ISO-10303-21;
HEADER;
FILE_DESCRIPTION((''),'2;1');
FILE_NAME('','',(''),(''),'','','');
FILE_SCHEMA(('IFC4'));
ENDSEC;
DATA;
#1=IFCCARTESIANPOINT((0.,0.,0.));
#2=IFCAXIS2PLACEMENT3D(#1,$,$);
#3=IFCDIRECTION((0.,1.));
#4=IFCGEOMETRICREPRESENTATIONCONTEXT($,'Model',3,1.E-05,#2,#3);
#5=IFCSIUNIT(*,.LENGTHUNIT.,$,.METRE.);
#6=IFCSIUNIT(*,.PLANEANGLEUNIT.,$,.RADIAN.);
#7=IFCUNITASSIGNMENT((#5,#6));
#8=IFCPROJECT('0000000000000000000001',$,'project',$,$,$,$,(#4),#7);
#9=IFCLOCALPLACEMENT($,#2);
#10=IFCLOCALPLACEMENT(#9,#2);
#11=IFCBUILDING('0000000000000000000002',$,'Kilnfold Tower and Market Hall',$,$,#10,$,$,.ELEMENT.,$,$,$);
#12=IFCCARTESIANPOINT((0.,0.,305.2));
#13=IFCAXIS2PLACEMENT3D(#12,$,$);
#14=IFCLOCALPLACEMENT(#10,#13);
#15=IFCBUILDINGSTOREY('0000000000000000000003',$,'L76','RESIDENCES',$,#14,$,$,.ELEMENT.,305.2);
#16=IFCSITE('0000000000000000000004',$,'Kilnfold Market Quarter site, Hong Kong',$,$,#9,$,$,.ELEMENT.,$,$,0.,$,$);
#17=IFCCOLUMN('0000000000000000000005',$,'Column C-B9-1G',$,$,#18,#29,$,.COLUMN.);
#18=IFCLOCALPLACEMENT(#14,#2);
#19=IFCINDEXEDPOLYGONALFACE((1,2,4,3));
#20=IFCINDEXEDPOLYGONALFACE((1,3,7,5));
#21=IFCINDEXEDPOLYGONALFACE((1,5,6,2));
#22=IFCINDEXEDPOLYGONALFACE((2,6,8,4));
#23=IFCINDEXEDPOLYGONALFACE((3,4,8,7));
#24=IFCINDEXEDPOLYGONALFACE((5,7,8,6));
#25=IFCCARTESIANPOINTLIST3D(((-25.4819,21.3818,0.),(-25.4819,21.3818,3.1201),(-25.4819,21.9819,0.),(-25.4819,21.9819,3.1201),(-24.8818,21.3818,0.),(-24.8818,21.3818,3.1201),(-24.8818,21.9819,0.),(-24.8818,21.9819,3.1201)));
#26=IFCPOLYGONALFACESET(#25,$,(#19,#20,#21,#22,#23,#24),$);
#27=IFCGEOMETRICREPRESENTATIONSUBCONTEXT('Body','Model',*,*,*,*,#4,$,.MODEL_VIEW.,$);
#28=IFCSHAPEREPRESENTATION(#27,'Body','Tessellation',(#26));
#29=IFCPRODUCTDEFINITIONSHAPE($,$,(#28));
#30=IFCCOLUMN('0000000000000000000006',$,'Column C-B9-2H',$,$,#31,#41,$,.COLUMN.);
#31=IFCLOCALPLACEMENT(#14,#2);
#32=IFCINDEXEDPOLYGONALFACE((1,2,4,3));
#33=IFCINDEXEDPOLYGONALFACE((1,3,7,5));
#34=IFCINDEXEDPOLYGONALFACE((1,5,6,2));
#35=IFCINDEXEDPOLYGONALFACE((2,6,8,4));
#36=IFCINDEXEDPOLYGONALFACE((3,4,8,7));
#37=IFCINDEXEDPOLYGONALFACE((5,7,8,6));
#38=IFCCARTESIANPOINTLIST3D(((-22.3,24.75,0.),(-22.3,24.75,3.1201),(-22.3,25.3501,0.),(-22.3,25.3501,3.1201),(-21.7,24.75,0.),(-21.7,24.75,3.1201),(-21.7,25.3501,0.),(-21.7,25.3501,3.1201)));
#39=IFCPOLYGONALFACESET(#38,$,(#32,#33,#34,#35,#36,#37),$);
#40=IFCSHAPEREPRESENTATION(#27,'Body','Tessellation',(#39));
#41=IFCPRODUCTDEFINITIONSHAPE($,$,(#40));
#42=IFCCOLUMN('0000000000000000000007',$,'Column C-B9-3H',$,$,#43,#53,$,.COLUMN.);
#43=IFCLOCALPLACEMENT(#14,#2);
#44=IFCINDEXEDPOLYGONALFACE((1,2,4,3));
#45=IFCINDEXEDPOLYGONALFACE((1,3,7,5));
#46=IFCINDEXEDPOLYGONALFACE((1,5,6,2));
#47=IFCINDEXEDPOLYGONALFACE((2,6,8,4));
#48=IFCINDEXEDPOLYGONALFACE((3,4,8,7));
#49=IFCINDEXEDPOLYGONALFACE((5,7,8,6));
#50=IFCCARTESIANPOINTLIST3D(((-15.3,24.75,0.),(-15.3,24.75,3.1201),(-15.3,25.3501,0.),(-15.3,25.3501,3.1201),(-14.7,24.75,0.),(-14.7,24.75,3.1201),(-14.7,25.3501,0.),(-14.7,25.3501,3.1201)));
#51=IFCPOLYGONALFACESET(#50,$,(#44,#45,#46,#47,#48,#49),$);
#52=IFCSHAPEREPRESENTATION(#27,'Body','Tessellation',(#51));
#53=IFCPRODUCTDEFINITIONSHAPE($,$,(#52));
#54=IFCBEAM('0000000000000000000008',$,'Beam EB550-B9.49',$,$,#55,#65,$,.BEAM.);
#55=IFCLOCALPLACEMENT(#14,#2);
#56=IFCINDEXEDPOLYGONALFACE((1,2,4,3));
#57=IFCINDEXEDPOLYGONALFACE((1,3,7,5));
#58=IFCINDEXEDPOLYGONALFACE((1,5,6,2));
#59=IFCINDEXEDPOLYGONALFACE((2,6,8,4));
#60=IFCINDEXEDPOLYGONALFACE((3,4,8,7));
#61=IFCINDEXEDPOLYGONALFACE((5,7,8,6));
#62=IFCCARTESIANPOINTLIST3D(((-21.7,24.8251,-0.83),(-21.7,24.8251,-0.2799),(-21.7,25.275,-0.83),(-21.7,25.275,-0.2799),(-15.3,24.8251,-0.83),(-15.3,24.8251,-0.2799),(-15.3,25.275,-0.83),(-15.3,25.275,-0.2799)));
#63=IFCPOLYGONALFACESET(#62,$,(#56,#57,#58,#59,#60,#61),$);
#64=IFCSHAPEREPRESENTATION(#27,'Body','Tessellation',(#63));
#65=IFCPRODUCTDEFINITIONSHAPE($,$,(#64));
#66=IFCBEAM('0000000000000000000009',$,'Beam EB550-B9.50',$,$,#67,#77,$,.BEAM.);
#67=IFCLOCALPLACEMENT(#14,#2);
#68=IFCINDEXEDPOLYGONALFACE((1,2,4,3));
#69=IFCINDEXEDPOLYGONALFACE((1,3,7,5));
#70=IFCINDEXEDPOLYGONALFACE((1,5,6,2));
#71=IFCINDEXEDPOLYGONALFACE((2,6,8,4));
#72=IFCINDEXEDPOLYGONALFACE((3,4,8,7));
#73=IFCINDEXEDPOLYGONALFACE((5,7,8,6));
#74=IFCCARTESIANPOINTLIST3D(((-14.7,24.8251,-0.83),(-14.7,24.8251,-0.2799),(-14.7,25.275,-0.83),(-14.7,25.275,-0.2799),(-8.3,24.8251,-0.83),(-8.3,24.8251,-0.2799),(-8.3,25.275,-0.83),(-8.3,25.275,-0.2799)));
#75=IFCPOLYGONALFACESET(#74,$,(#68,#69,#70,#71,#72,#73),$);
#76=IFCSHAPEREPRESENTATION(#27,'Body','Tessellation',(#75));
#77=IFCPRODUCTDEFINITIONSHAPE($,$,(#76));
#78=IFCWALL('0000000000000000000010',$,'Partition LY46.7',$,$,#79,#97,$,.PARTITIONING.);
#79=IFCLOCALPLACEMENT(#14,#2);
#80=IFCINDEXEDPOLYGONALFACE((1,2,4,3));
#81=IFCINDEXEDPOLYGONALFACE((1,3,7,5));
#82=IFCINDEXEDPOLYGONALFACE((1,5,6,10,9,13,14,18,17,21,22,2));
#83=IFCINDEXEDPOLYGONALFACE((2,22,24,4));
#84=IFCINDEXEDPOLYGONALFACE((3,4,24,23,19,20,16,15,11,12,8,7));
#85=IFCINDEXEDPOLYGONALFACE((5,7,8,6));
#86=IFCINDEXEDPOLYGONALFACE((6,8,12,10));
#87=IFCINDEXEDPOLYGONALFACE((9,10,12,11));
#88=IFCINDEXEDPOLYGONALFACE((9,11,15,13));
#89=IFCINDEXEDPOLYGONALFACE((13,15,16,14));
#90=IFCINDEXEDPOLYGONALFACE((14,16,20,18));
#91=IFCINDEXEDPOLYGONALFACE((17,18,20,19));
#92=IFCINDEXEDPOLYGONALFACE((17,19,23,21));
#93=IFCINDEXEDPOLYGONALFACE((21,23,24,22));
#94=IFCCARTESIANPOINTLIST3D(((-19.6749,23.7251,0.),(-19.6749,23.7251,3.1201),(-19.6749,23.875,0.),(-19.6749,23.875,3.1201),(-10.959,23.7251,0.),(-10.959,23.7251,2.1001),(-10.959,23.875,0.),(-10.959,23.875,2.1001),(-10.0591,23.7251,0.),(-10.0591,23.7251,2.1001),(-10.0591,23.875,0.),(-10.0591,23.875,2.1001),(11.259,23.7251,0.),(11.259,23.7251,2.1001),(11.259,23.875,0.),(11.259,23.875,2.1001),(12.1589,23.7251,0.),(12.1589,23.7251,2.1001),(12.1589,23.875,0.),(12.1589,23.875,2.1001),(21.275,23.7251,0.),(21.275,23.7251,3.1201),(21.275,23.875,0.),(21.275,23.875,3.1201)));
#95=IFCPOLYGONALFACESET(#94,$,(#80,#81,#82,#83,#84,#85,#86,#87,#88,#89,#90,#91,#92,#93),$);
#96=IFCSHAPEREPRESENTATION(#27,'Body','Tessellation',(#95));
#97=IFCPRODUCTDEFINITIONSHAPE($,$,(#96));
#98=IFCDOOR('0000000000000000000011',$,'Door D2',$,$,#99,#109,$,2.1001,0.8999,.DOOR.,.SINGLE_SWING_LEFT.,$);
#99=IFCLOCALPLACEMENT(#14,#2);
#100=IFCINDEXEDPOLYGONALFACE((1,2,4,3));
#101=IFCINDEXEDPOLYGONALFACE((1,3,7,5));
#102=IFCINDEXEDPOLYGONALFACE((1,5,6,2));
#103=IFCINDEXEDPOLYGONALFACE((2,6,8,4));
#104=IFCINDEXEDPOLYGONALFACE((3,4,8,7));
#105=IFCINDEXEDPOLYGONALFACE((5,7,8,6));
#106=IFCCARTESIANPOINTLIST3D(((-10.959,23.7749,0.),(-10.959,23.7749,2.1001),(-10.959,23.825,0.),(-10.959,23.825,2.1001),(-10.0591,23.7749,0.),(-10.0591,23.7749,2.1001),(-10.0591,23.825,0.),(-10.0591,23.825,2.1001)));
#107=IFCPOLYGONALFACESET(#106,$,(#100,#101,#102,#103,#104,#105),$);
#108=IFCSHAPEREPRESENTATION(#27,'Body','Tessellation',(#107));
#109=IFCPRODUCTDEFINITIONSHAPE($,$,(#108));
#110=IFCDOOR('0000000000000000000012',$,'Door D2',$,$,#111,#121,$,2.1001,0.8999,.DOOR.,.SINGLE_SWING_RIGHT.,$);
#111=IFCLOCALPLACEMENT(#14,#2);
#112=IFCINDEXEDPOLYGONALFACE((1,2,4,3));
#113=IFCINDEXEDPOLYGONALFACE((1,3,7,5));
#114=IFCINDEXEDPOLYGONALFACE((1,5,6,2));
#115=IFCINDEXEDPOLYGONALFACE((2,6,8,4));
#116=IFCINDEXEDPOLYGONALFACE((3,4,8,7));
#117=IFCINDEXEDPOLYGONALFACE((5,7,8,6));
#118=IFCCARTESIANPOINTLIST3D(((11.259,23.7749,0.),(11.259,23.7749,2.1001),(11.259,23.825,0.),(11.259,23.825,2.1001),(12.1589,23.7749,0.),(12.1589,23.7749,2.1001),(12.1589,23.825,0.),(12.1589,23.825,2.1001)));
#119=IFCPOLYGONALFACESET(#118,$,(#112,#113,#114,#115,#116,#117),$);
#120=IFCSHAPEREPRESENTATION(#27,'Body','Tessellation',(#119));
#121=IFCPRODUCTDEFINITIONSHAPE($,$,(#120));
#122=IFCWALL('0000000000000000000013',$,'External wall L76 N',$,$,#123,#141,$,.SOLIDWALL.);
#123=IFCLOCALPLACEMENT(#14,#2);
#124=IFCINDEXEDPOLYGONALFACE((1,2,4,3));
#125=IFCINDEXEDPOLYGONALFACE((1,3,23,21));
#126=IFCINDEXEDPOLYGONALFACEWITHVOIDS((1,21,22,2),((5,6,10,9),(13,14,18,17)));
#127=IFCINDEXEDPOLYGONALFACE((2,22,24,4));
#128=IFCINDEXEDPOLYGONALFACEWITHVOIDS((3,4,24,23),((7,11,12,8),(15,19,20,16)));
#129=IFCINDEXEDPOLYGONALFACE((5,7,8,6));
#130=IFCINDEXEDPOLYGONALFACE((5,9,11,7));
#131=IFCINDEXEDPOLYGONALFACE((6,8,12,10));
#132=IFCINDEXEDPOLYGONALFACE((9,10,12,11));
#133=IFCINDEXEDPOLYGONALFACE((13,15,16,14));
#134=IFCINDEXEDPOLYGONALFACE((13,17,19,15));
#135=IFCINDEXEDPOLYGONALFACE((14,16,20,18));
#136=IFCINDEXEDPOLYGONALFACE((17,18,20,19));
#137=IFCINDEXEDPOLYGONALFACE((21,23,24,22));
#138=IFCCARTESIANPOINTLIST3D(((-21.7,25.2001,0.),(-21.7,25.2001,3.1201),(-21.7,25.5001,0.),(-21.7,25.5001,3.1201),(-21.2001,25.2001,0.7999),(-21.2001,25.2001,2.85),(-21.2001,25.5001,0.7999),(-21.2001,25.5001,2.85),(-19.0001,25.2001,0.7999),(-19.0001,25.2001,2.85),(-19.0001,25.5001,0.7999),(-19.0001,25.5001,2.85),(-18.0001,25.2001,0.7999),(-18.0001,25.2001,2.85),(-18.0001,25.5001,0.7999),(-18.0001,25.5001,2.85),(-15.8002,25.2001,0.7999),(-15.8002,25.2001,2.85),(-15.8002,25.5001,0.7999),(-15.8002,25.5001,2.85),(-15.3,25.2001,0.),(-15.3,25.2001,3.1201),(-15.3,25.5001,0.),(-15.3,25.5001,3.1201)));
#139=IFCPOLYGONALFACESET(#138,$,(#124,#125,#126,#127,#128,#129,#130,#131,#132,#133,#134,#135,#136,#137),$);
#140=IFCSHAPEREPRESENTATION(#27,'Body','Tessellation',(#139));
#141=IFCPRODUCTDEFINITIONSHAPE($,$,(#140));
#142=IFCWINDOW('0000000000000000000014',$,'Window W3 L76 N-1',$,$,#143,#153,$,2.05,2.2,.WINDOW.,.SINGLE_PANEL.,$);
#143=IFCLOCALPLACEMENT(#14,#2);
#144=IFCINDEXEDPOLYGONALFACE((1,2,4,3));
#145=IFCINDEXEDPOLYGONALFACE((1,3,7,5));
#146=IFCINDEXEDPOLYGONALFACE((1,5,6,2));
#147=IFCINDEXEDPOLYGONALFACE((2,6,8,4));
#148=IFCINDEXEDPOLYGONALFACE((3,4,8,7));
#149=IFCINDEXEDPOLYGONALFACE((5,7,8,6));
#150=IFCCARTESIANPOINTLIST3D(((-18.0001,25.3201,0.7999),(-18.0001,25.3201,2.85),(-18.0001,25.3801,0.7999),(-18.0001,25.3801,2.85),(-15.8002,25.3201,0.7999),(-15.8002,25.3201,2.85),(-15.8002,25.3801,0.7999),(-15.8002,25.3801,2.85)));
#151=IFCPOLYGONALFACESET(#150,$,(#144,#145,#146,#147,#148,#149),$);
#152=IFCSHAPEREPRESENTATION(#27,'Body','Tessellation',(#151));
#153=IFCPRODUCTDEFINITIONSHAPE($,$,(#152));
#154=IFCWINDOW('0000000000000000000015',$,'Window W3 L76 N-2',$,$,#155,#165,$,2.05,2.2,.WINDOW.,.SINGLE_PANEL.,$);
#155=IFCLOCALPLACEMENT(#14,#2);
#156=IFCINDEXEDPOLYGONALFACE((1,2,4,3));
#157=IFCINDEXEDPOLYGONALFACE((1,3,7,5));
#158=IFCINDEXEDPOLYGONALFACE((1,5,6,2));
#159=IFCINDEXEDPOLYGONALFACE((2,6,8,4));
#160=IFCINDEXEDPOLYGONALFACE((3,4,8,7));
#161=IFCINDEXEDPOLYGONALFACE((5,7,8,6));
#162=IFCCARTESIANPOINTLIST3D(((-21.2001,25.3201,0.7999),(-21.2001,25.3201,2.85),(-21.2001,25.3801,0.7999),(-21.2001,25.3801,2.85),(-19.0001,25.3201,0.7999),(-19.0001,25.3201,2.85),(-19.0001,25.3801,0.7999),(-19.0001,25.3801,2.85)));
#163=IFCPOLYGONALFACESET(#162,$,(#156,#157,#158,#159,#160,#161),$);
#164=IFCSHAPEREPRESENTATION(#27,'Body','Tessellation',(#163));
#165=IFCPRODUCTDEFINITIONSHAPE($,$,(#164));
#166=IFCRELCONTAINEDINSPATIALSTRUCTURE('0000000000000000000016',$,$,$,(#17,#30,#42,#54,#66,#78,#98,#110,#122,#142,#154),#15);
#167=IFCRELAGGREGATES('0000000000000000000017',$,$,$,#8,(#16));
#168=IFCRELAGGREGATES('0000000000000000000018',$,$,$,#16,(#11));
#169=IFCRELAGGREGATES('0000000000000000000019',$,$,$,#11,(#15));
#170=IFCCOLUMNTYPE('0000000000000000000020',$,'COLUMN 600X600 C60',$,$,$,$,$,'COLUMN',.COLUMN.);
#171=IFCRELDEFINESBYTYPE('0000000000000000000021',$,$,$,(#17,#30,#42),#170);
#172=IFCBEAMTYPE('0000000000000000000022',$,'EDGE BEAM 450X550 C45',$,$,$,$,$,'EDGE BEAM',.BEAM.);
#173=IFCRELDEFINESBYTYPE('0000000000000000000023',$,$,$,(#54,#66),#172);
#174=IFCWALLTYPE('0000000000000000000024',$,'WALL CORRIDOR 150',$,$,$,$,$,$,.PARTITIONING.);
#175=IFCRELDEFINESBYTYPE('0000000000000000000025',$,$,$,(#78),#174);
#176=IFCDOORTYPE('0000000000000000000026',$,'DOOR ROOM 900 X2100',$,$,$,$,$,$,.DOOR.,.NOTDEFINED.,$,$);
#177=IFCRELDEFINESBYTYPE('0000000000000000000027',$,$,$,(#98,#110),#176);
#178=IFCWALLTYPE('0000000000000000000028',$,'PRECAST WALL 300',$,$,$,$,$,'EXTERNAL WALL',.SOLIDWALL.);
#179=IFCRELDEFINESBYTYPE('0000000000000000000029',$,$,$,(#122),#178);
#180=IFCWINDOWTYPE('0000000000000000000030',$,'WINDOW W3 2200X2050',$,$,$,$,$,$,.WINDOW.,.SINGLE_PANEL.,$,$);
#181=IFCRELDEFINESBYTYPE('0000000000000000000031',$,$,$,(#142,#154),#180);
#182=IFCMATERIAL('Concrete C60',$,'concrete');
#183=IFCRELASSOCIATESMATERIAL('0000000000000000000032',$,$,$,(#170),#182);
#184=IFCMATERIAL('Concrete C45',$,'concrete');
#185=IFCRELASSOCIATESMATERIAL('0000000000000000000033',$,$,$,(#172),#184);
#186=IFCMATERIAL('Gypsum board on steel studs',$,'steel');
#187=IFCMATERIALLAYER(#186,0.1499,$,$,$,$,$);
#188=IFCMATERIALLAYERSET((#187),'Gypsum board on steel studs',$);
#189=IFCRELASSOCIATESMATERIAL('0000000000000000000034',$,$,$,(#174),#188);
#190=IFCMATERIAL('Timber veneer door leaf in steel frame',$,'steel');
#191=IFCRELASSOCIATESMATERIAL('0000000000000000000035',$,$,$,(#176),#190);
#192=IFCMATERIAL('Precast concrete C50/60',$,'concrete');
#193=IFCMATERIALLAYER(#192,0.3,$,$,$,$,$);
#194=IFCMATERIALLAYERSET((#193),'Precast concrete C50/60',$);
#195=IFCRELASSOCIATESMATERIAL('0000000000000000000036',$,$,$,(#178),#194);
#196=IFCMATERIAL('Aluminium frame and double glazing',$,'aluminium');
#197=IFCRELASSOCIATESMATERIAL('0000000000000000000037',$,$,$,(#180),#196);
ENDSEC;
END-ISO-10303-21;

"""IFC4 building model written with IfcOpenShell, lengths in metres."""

from ifc_helpers import new_model, si_unit, direction, frame, frame_2d, origin, origin_2d, place, context, subcontext, project, spatial, rectangle, extrude, source, transform, mapped, material, layer, layer_set, material_profile, profile_set, type_object, element, fill, save


model = new_model("IFC4")

# Units and contexts
model_context = context("Model", 3, precision=1e-05, world=origin(), true_north=direction((0.0, 1.0)))
body_context = subcontext(model_context, "Body", "Model", "MODEL_VIEW")
ifc_project = project(units=[si_unit("LENGTHUNIT", "METRE"), si_unit("PLANEANGLEUNIT", "RADIAN")], contexts=[model_context])

# Site, building, storey
site_placement = place(None, origin())
site = spatial("IfcSite", under=ifc_project, at=site_placement, Name="Kilnfold Market Quarter site, Hong Kong", CompositionType="ELEMENT", RefElevation=0.0)
building_placement = place(site_placement, origin())
building = spatial("IfcBuilding", under=site, at=building_placement, Name="Kilnfold Tower and Market Hall", CompositionType="ELEMENT")
storey_placement = place(building_placement, frame((0.0, 0.0, 305.2)))
storey = spatial("IfcBuildingStorey", under=building, at=storey_placement, Name="L76", Description="RESIDENCES", CompositionType="ELEMENT", Elevation=305.2)

# Columns
ifc_material_1 = material(Name="Concrete C60", Category="concrete")
ifc_material_profile_1 = material_profile(ifc_material_1, rectangle(XDim=0.6001, YDim=0.6001, at=origin_2d()), Name="RC 600x600")
ifc_profile_set_1 = profile_set([ifc_material_profile_1], Name="Concrete C60")
column_type = type_object("IfcColumnType", Name="COLUMN 600X600 C60", ElementType="COLUMN", PredefinedType="COLUMN", material=ifc_profile_set_1)
shared_shape_1 = source(origin(), body_context, "Body", "SweptSolid", [
    extrude(rectangle(XDim=0.6001, YDim=0.6001, at=origin_2d()), origin(), (0.0, 0.0, 1.0), 3.1201),
])
for number, where, z_axis, x_axis, name in (
    (1, (-25.1819, 21.6819, 0.0), (0.0, 0.0, 1.0), (1.0, 0.0, 0.0), "Column C-B9-1G"),
    (2, (-22.0, 25.05, 0.0), (0.0, 0.0, 1.0), (1.0, 0.0, 0.0), "Column C-B9-2H"),
    (3, (-15.0, 25.05, 0.0), (0.0, 0.0, 1.0), (1.0, 0.0, 0.0), "Column C-B9-3H"),
):
    element("IfcColumn", number, at=place(storey_placement, frame(where, z_axis=z_axis, x_axis=x_axis)), inside=storey, type_object=column_type, Name=name, PredefinedType="COLUMN", context=body_context, shape_type="MappedRepresentation", body=[
        mapped(shared_shape_1, transform((0.0, 0.0, 0.0))),
    ])

# Beams
ifc_material_2 = material(Name="Concrete C45", Category="concrete")
ifc_material_profile_2 = material_profile(ifc_material_2, rectangle(XDim=0.45, YDim=0.55, at=origin_2d()), Name="RC 450x550")
ifc_profile_set_2 = profile_set([ifc_material_profile_2], Name="Concrete C45")
beam_type = type_object("IfcBeamType", Name="EDGE BEAM 450X550 C45", ElementType="EDGE BEAM", PredefinedType="BEAM", material=ifc_profile_set_2)
shared_shape_2 = source(origin(), body_context, "Body", "SweptSolid", [
    extrude(rectangle(XDim=0.45, YDim=0.55, at=origin_2d()), origin(), (0.0, 0.0, 1.0), 6.3999),
])
for number, where, z_axis, x_axis, name in (
    (4, (-21.7, 25.05, -0.5549), (1.0, 0.0, 0.0), (0.0, 1.0, 0.0), "Beam EB550-B9.49"),
    (5, (-14.7, 25.05, -0.5549), (1.0, 0.0, 0.0), (0.0, 1.0, 0.0), "Beam EB550-B9.50"),
):
    element("IfcBeam", number, at=place(storey_placement, frame(where, z_axis=z_axis, x_axis=x_axis)), inside=storey, type_object=beam_type, Name=name, PredefinedType="BEAM", context=body_context, shape_type="MappedRepresentation", body=[
        mapped(shared_shape_2, transform((0.0, 0.0, 0.0))),
    ])

# Wall, openings, doors
ifc_material_3 = material(Name="Gypsum board on steel studs", Category="steel")
ifc_layer_1 = layer(ifc_material_3, 0.1499)
ifc_layer_set_1 = layer_set([ifc_layer_1], Name="Gypsum board on steel studs")
wall_type_1 = type_object("IfcWallType", Name="WALL CORRIDOR 150", PredefinedType="PARTITIONING", material=ifc_layer_set_1)
wall_1_placement = place(storey_placement, frame((-19.675, 23.8, 0.0), z_axis=(0.0, 0.0, 1.0), x_axis=(1.0, 0.0, 0.0)))
wall_1 = element("IfcWall", 6, at=wall_1_placement, inside=storey, type_object=wall_type_1, Name="Partition LY46.7", PredefinedType="PARTITIONING", context=body_context, shape_type="SweptSolid", body=[
    extrude(rectangle(XDim=40.95, YDim=0.1499, at=frame_2d((20.4751, 0.0))), origin(), (0.0, 0.0, 1.0), 3.1201),
])
opening_1_placement = place(wall_1_placement, frame((8.7161, 0.0, 0.0)))
opening_1 = element("IfcOpeningElement", 7, at=opening_1_placement, cuts=wall_1, PredefinedType="OPENING", context=body_context, shape_type="SweptSolid", body=[
    extrude(rectangle(XDim=0.8999, YDim=2.1001, at=frame_2d((0.45, 1.05))), frame((0.0, 0.085, 0.0), z_axis=(0.0, -1.0, 0.0), x_axis=(1.0, 0.0, 0.0)), (0.0, 0.0, 1.0), 0.1699),
])
opening_2_placement = place(wall_1_placement, frame((30.9341, 0.0, 0.0)))
opening_2 = element("IfcOpeningElement", 8, at=opening_2_placement, cuts=wall_1, PredefinedType="OPENING", context=body_context, shape_type="SweptSolid", body=[
    extrude(rectangle(XDim=0.8999, YDim=2.1001, at=frame_2d((0.45, 1.05))), frame((0.0, 0.085, 0.0), z_axis=(0.0, -1.0, 0.0), x_axis=(1.0, 0.0, 0.0)), (0.0, 0.0, 1.0), 0.1699),
])
ifc_material_4 = material(Name="Timber veneer door leaf in steel frame", Category="steel")
door_type = type_object("IfcDoorType", Name="DOOR ROOM 900 X2100", OperationType="NOTDEFINED", PredefinedType="DOOR", material=ifc_material_4)
door_1_placement = place(opening_1_placement, origin())
door_1 = element("IfcDoor", 9, at=door_1_placement, inside=storey, type_object=door_type, Name="Door D2", OperationType="SINGLE_SWING_LEFT", OverallHeight=2.1001, OverallWidth=0.8999, PredefinedType="DOOR", context=body_context, shape_type="SweptSolid", body=[
    extrude(rectangle(XDim=0.8999, YDim=2.1001, at=frame_2d((0.45, 1.05))), frame((0.0, 0.0249, 0.0), z_axis=(0.0, -1.0, 0.0), x_axis=(1.0, 0.0, 0.0)), (0.0, 0.0, 1.0), 0.05),
])
fill(opening_1, door_1)
door_2_placement = place(opening_2_placement, origin())
door_2 = element("IfcDoor", 10, at=door_2_placement, inside=storey, type_object=door_type, Name="Door D2", OperationType="SINGLE_SWING_RIGHT", OverallHeight=2.1001, OverallWidth=0.8999, PredefinedType="DOOR", context=body_context, shape_type="SweptSolid", body=[
    extrude(rectangle(XDim=0.8999, YDim=2.1001, at=frame_2d((0.45, 1.05))), frame((0.0, 0.0249, 0.0), z_axis=(0.0, -1.0, 0.0), x_axis=(1.0, 0.0, 0.0)), (0.0, 0.0, 1.0), 0.05),
])
fill(opening_2, door_2)

# Wall, openings, windows
ifc_material_5 = material(Name="Precast concrete C50/60", Category="concrete")
ifc_layer_2 = layer(ifc_material_5, 0.3)
ifc_layer_set_2 = layer_set([ifc_layer_2], Name="Precast concrete C50/60")
wall_type_2 = type_object("IfcWallType", Name="PRECAST WALL 300", ElementType="EXTERNAL WALL", PredefinedType="SOLIDWALL", material=ifc_layer_set_2)
shared_shape_3 = source(origin(), body_context, "Body", "SweptSolid", [
    extrude(rectangle(XDim=6.3999, YDim=0.3, at=frame_2d((3.2, 0.0))), origin(), (0.0, 0.0, 1.0), 3.1201),
])
wall_2_placement = place(storey_placement, frame((-15.3, 25.3501, 0.0), z_axis=(0.0, 0.0, 1.0), x_axis=(-1.0, 0.0, 0.0)))
wall_2 = element("IfcWall", 11, at=wall_2_placement, inside=storey, type_object=wall_type_2, Name="External wall L76 N", PredefinedType="SOLIDWALL", context=body_context, shape_type="MappedRepresentation", body=[
    mapped(shared_shape_3, transform((0.0, 0.0, 0.0))),
])
opening_3_placement = place(wall_2_placement, frame((0.5, 0.0, 0.8)))
opening_3 = element("IfcOpeningElement", 12, at=opening_3_placement, cuts=wall_2, PredefinedType="OPENING", context=body_context, shape_type="SweptSolid", body=[
    extrude(rectangle(XDim=2.2, YDim=2.05, at=frame_2d((1.1001, 1.0249))), frame((0.0, 0.1602, 0.0), z_axis=(0.0, -1.0, 0.0), x_axis=(1.0, 0.0, 0.0)), (0.0, 0.0, 1.0), 0.3201),
])
opening_4_placement = place(wall_2_placement, frame((3.7, 0.0, 0.8)))
opening_4 = element("IfcOpeningElement", 13, at=opening_4_placement, cuts=wall_2, PredefinedType="OPENING", context=body_context, shape_type="SweptSolid", body=[
    extrude(rectangle(XDim=2.2, YDim=2.05, at=frame_2d((1.1001, 1.0249))), frame((0.0, 0.1602, 0.0), z_axis=(0.0, -1.0, 0.0), x_axis=(1.0, 0.0, 0.0)), (0.0, 0.0, 1.0), 0.3201),
])
ifc_material_6 = material(Name="Aluminium frame and double glazing", Category="aluminium")
window_type = type_object("IfcWindowType", Name="WINDOW W3 2200X2050", PartitioningType="SINGLE_PANEL", PredefinedType="WINDOW", material=ifc_material_6)
window_1_placement = place(opening_3_placement, origin())
window_1 = element("IfcWindow", 14, at=window_1_placement, inside=storey, type_object=window_type, Name="Window W3 L76 N-1", OverallHeight=2.05, OverallWidth=2.2, PartitioningType="SINGLE_PANEL", PredefinedType="WINDOW", context=body_context, shape_type="SweptSolid", body=[
    extrude(rectangle(XDim=2.2, YDim=2.05, at=frame_2d((1.1001, 1.0249))), frame((0.0, 0.03, 0.0), z_axis=(0.0, -1.0, 0.0), x_axis=(1.0, 0.0, 0.0)), (0.0, 0.0, 1.0), 0.0601),
])
fill(opening_3, window_1)
window_2_placement = place(opening_4_placement, origin())
window_2 = element("IfcWindow", 15, at=window_2_placement, inside=storey, type_object=window_type, Name="Window W3 L76 N-2", OverallHeight=2.05, OverallWidth=2.2, PartitioningType="SINGLE_PANEL", PredefinedType="WINDOW", context=body_context, shape_type="SweptSolid", body=[
    extrude(rectangle(XDim=2.2, YDim=2.05, at=frame_2d((1.1001, 1.0249))), frame((0.0, 0.03, 0.0), z_axis=(0.0, -1.0, 0.0), x_axis=(1.0, 0.0, 0.0)), (0.0, 0.0, 1.0), 0.0601),
])
fill(opening_4, window_2)

save(model, "model.ifc")
